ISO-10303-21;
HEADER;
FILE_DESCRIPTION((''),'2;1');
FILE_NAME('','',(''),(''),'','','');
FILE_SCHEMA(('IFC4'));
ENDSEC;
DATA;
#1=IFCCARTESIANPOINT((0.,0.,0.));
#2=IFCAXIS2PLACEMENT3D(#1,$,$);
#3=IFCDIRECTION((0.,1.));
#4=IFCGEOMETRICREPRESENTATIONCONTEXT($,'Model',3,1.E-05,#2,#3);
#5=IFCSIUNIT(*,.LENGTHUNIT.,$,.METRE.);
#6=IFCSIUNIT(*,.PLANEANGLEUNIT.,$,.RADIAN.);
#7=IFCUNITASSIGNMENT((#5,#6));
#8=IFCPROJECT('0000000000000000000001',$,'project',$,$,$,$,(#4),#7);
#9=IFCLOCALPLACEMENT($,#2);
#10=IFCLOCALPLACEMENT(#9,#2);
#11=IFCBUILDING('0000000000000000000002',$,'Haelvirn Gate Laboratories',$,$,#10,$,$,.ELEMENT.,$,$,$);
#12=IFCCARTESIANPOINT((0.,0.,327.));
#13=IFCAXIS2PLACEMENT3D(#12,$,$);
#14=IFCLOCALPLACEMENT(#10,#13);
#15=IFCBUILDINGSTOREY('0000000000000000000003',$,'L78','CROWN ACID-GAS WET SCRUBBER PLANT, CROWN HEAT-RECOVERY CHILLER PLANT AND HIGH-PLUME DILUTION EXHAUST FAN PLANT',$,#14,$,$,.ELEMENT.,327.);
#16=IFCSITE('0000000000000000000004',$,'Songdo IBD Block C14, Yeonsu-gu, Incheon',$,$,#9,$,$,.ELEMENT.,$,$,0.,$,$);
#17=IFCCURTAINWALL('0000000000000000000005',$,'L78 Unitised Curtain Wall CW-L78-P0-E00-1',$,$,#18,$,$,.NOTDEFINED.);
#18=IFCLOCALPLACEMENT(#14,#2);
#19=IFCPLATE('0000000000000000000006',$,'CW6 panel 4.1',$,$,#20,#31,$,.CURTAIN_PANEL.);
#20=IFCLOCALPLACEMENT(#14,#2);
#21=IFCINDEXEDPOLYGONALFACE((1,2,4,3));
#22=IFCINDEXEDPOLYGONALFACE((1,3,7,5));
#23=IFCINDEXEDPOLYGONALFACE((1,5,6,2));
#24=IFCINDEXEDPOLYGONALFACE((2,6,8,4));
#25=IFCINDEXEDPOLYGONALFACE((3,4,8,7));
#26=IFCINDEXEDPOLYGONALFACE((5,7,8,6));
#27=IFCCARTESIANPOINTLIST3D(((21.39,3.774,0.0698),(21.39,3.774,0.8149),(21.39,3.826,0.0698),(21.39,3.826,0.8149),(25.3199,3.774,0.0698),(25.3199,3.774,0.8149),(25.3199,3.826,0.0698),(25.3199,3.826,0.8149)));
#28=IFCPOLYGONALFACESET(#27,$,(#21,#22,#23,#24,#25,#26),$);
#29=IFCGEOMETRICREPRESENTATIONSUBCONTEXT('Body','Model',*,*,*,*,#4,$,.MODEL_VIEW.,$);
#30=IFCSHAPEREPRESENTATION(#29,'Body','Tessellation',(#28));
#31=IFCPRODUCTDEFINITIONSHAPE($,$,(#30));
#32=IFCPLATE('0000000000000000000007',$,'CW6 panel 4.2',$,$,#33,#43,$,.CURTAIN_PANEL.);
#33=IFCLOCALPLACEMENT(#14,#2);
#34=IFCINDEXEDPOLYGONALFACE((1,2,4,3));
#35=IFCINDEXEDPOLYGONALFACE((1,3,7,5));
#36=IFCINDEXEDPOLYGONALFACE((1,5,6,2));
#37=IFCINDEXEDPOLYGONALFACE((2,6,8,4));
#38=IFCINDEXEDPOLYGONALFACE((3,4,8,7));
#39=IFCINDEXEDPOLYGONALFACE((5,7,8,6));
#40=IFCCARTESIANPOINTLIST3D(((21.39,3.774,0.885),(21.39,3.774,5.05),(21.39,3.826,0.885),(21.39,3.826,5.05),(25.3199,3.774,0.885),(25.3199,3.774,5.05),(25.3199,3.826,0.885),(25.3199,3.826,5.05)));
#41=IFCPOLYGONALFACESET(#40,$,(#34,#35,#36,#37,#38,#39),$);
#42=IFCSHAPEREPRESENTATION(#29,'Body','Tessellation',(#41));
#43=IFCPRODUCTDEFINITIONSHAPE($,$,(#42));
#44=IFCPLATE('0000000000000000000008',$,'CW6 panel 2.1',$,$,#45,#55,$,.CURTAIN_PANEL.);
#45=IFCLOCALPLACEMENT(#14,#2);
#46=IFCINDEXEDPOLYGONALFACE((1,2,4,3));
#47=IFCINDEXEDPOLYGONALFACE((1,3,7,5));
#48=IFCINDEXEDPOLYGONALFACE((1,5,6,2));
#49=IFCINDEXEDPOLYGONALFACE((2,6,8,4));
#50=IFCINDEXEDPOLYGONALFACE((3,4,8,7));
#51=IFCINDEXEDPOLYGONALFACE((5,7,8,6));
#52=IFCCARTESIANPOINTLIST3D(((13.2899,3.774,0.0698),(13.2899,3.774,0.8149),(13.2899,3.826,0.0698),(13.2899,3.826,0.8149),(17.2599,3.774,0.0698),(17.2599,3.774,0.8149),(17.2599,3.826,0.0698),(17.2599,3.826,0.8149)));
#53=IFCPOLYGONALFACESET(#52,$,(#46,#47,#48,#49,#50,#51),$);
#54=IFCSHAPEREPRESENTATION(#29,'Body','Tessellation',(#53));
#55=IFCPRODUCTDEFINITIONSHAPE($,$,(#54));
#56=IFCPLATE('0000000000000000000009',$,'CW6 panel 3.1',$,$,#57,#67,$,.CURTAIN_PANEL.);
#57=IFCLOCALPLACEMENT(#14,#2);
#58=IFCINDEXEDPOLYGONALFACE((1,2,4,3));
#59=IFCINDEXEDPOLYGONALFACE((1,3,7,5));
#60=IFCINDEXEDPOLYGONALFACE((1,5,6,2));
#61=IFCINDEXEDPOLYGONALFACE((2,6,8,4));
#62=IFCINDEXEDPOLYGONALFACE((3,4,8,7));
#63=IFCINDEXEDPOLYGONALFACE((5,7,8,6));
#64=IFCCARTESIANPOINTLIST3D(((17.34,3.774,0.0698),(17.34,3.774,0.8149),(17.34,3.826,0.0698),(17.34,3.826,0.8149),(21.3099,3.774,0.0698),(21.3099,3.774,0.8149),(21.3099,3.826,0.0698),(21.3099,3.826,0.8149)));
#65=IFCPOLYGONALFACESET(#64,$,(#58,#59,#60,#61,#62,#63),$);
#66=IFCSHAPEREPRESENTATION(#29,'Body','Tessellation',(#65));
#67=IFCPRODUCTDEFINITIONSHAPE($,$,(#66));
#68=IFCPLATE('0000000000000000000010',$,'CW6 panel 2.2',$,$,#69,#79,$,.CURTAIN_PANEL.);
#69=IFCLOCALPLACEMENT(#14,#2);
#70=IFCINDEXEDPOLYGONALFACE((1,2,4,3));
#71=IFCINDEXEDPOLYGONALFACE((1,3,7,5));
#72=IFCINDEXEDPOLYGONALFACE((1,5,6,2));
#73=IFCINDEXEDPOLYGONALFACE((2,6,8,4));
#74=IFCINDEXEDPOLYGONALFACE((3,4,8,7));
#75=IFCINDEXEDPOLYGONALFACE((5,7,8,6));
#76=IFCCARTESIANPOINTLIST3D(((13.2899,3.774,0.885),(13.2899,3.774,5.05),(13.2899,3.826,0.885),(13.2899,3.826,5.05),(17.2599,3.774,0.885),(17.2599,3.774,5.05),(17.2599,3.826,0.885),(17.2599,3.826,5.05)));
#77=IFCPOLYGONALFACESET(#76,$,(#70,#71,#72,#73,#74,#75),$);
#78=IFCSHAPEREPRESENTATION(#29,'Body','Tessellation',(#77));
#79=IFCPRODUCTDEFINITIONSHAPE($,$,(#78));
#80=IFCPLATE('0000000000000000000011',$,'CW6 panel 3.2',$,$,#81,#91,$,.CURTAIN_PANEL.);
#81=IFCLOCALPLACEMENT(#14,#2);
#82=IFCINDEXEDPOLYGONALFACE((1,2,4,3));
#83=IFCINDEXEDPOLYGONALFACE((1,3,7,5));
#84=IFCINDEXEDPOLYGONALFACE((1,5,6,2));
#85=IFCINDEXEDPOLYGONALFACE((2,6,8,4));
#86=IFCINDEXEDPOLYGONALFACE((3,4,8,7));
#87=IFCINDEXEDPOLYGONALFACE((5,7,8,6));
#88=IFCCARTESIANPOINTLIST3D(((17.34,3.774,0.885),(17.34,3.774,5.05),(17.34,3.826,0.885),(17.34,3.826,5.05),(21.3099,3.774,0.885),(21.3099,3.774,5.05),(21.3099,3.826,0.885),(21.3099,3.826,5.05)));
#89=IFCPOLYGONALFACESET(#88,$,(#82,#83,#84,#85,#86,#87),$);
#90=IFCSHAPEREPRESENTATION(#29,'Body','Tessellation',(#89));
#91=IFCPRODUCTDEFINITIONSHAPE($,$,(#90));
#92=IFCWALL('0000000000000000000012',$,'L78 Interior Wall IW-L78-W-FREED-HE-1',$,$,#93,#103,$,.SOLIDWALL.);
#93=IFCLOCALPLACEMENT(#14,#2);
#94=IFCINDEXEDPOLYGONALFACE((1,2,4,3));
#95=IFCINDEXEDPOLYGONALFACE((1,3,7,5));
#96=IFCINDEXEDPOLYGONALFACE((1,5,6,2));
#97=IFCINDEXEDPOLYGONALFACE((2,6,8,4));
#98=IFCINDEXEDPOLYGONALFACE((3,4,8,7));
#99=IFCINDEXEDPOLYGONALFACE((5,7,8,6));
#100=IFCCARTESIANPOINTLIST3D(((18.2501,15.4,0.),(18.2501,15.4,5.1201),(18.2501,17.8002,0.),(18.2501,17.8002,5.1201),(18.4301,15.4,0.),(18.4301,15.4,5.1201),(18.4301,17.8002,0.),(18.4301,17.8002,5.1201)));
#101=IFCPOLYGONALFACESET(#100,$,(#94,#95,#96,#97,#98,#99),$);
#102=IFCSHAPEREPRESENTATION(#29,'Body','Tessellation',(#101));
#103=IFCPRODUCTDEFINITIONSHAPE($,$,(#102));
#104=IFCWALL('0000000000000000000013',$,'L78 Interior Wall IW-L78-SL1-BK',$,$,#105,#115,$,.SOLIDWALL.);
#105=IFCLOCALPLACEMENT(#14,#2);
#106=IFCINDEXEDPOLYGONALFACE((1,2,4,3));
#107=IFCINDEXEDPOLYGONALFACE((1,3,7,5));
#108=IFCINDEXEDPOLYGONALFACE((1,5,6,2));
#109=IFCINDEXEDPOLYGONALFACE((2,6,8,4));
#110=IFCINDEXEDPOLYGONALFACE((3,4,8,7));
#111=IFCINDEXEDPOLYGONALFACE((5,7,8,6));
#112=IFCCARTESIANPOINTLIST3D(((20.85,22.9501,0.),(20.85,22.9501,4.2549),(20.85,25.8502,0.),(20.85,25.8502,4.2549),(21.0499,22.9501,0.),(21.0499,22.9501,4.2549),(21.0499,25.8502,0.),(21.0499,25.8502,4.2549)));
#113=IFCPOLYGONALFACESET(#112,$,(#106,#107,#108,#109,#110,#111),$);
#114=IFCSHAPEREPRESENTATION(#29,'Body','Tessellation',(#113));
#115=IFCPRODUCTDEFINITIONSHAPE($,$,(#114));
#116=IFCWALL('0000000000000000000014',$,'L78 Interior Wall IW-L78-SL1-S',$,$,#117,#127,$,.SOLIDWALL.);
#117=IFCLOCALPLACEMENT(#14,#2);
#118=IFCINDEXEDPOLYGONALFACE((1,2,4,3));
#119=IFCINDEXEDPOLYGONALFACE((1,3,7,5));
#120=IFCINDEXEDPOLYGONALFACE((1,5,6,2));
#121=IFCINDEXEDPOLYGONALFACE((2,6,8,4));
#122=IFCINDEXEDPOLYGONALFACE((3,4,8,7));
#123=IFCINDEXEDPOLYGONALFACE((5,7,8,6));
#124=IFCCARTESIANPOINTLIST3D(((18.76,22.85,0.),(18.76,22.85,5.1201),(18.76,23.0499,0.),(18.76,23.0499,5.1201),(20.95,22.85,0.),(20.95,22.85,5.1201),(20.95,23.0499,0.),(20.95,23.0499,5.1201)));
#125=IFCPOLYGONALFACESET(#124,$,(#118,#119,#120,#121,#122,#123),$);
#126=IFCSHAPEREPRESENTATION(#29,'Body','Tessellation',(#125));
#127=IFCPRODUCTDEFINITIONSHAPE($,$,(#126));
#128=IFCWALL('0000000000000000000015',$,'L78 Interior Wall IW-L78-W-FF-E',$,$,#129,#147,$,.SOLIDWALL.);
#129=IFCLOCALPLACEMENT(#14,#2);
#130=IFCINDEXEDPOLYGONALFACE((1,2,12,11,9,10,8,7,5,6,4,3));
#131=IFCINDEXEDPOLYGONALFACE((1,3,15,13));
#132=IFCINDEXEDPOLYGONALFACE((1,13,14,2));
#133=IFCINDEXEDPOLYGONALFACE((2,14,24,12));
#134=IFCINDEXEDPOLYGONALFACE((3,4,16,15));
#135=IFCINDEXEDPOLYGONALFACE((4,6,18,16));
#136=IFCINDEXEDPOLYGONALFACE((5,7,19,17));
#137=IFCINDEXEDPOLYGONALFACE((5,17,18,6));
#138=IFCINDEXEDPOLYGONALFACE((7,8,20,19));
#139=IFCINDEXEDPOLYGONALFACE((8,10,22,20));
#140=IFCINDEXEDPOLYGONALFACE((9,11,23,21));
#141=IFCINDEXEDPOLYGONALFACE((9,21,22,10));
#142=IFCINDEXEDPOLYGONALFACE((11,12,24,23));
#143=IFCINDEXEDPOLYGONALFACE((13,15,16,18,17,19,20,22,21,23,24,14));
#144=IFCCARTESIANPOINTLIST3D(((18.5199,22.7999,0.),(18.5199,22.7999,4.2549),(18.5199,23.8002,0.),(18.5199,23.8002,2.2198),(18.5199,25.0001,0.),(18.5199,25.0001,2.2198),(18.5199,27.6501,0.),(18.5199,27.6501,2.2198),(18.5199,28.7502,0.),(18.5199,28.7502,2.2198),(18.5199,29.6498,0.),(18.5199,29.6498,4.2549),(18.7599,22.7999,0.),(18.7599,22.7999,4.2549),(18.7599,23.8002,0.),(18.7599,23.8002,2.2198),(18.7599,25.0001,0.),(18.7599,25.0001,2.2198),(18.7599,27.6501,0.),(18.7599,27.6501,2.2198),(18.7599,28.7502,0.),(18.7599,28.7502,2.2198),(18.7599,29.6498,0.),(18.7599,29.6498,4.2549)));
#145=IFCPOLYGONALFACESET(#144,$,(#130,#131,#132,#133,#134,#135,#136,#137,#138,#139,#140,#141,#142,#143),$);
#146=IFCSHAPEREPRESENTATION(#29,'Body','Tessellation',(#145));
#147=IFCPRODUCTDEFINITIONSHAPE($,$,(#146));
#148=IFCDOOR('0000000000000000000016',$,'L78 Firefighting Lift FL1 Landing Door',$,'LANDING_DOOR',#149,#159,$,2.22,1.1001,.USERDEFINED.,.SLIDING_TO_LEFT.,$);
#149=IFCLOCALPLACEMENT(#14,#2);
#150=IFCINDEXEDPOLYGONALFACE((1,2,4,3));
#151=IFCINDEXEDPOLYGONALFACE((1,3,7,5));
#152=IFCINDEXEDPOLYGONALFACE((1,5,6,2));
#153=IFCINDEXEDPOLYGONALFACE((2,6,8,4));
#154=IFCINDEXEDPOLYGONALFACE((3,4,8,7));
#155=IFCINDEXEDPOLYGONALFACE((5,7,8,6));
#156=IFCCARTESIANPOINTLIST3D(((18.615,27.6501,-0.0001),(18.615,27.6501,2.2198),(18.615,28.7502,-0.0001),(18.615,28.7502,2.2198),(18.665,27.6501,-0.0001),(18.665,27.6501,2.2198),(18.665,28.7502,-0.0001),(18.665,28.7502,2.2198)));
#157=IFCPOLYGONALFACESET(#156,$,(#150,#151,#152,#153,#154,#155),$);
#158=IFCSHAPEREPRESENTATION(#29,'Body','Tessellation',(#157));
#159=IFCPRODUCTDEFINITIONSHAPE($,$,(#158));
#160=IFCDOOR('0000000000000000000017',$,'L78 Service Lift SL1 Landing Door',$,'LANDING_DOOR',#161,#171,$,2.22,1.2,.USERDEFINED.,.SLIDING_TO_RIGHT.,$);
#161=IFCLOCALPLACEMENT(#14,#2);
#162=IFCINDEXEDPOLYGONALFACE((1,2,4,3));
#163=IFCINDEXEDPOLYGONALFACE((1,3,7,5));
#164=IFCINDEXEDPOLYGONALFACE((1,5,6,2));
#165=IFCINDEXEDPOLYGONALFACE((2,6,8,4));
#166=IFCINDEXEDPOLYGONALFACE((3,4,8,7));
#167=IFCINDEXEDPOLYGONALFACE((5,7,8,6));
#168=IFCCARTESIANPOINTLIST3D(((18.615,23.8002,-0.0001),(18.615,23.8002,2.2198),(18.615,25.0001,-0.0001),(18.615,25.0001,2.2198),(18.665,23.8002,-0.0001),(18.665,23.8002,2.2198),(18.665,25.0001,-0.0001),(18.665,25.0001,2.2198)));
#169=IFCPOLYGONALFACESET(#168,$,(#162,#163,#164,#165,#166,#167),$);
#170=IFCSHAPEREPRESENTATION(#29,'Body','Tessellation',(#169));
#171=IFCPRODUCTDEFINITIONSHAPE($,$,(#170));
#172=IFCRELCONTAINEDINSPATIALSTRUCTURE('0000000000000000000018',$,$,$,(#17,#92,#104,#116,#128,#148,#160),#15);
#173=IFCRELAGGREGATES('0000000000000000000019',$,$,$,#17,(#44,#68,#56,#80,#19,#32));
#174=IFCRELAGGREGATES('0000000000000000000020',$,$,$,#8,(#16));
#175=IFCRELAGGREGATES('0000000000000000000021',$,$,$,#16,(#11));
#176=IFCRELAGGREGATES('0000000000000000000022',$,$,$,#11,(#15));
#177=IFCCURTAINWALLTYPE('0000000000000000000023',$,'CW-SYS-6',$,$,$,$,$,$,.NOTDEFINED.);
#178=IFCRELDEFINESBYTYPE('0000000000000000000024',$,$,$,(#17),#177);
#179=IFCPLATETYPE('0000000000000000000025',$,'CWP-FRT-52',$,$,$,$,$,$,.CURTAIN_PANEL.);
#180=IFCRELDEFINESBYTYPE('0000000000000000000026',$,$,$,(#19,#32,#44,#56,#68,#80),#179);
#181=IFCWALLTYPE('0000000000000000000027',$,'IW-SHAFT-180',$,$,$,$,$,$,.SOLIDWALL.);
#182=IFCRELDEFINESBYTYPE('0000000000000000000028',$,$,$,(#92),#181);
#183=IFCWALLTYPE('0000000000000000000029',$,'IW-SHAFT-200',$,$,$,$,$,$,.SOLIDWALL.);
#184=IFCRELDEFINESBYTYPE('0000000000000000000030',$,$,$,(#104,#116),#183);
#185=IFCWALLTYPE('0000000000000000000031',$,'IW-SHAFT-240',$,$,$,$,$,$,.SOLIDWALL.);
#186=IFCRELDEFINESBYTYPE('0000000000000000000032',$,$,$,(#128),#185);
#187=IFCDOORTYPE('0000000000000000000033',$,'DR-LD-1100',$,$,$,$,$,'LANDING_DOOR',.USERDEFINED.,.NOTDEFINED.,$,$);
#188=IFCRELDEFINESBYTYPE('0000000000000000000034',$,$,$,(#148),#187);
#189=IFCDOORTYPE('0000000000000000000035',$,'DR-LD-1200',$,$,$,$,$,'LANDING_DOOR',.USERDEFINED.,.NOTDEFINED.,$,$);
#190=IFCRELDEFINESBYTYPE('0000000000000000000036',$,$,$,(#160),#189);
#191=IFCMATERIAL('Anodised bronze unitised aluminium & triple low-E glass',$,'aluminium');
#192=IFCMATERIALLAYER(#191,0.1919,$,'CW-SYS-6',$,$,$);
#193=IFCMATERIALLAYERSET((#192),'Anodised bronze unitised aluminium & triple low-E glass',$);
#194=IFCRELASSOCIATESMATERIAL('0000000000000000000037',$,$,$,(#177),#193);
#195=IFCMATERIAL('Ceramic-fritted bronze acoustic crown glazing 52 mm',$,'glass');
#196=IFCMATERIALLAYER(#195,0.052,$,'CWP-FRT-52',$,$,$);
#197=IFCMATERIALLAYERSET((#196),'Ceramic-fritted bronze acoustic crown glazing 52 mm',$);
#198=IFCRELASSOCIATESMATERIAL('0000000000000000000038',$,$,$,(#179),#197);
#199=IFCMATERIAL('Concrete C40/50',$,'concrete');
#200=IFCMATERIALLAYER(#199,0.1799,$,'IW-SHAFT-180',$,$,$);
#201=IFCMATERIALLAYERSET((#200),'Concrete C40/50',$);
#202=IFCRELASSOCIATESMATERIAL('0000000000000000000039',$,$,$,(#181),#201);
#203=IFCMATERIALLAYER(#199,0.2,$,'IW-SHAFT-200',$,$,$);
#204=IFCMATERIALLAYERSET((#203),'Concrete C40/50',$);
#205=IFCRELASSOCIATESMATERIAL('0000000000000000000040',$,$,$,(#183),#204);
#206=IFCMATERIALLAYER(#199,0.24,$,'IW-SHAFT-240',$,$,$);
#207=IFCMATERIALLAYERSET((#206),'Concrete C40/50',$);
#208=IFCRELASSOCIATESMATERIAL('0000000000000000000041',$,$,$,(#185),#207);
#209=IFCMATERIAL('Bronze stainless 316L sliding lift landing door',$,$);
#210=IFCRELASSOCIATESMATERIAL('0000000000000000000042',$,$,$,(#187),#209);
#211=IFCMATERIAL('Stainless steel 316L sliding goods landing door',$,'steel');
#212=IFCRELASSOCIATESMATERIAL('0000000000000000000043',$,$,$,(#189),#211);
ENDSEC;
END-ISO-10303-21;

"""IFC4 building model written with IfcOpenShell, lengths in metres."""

from ifc_helpers import new_model, si_unit, direction, frame, frame_2d, origin, origin_2d, place, context, subcontext, project, spatial, rectangle, extrude, source, transform, mapped, material, layer, layer_set, type_object, type_shapes, element, fill, aggregate, save


model = new_model("IFC4")

# Units and contexts
model_context = context("Model", 3, precision=1e-05, world=origin(), true_north=direction((0.0, 1.0)))
body_context = subcontext(model_context, "Body", "Model", "MODEL_VIEW")
ifc_project = project(units=[si_unit("LENGTHUNIT", "METRE"), si_unit("PLANEANGLEUNIT", "RADIAN")], contexts=[model_context])

# Site, building, storey
site_placement = place(None, origin())
site = spatial("IfcSite", under=ifc_project, at=site_placement, Name="Songdo IBD Block C14, Yeonsu-gu, Incheon", CompositionType="ELEMENT", RefElevation=0.0)
building_placement = place(site_placement, origin())
building = spatial("IfcBuilding", under=site, at=building_placement, Name="Haelvirn Gate Laboratories", CompositionType="ELEMENT")
storey_placement = place(building_placement, frame((0.0, 0.0, 327.0)))
storey = spatial("IfcBuildingStorey", under=building, at=storey_placement, Name="L78", Description="CROWN ACID-GAS WET SCRUBBER PLANT, CROWN HEAT-RECOVERY CHILLER PLANT AND HIGH-PLUME DILUTION EXHAUST FAN PLANT", CompositionType="ELEMENT", Elevation=327.0)

# Curtain wall
ifc_material_1 = material(Name="Anodised bronze unitised aluminium & triple low-E glass", Category="aluminium")
ifc_layer_1 = layer(ifc_material_1, 0.1919, Name="CW-SYS-6")
ifc_layer_set_1 = layer_set([ifc_layer_1], Name="Anodised bronze unitised aluminium & triple low-E glass")
curtain_wall_type = type_object("IfcCurtainWallType", Name="CW-SYS-6", PredefinedType="NOTDEFINED", material=ifc_layer_set_1)
curtain_wall_1_placement = place(storey_placement, origin())
curtain_wall_1 = element("IfcCurtainWall", 1, at=curtain_wall_1_placement, inside=storey, type_object=curtain_wall_type, Name="L78 Unitised Curtain Wall CW-L78-P0-E00-1", PredefinedType="NOTDEFINED")

# Plates
ifc_material_2 = material(Name="Ceramic-fritted bronze acoustic crown glazing 52 mm", Category="glass")
ifc_layer_2 = layer(ifc_material_2, 0.052, Name="CWP-FRT-52")
ifc_layer_set_2 = layer_set([ifc_layer_2], Name="Ceramic-fritted bronze acoustic crown glazing 52 mm")
plate_type = type_object("IfcPlateType", Name="CWP-FRT-52", PredefinedType="CURTAIN_PANEL", material=ifc_layer_set_2)
shared_shape_1 = source(origin(), body_context, "Body", "SweptSolid", [
    extrude(rectangle(XDim=3.9299, YDim=0.052, at=origin_2d()), origin(), (0.0, 0.0, 1.0), 0.7451),
])
plate_1_placement = place(storey_placement, frame((23.355, 3.8, 0.0698), z_axis=(0.0, 0.0, 1.0), x_axis=(1.0, 0.0, 0.0)))
plate_1 = element("IfcPlate", 2, at=plate_1_placement, type_object=plate_type, Name="CW6 panel 4.1", PredefinedType="CURTAIN_PANEL", context=body_context, shape_type="MappedRepresentation", body=[
    mapped(shared_shape_1, transform((0.0, 0.0, 0.0), scale=1.0)),
])
shared_shape_2 = source(origin(), body_context, "Body", "SweptSolid", [
    extrude(rectangle(XDim=3.9299, YDim=0.052, at=origin_2d()), origin(), (0.0, 0.0, 1.0), 4.165),
])
plate_2_placement = place(storey_placement, frame((23.355, 3.8, 0.885), z_axis=(0.0, 0.0, 1.0), x_axis=(1.0, 0.0, 0.0)))
plate_2 = element("IfcPlate", 3, at=plate_2_placement, type_object=plate_type, Name="CW6 panel 4.2", PredefinedType="CURTAIN_PANEL", context=body_context, shape_type="MappedRepresentation", body=[
    mapped(shared_shape_2, transform((0.0, 0.0, 0.0), scale=1.0)),
])
shared_shape_3 = source(origin(), body_context, "Body", "SweptSolid", [
    extrude(rectangle(XDim=3.97, YDim=0.052, at=origin_2d()), origin(), (0.0, 0.0, 1.0), 0.7451),
])
plate_3_placement = place(storey_placement, frame((15.2749, 3.8, 0.0698), z_axis=(0.0, 0.0, 1.0), x_axis=(1.0, 0.0, 0.0)))
plate_3 = element("IfcPlate", 4, at=plate_3_placement, type_object=plate_type, Name="CW6 panel 2.1", PredefinedType="CURTAIN_PANEL", context=body_context, shape_type="MappedRepresentation", body=[
    mapped(shared_shape_3, transform((0.0, 0.0, 0.0), scale=1.0)),
])
plate_4_placement = place(storey_placement, frame((19.325, 3.8, 0.0698), z_axis=(0.0, 0.0, 1.0), x_axis=(1.0, 0.0, 0.0)))
plate_4 = element("IfcPlate", 5, at=plate_4_placement, type_object=plate_type, Name="CW6 panel 3.1", PredefinedType="CURTAIN_PANEL", context=body_context, shape_type="MappedRepresentation", body=[
    mapped(shared_shape_3, transform((0.0, 0.0, 0.0), scale=1.0)),
])
shared_shape_4 = source(origin(), body_context, "Body", "SweptSolid", [
    extrude(rectangle(XDim=3.97, YDim=0.052, at=origin_2d()), origin(), (0.0, 0.0, 1.0), 4.165),
])
type_shapes(plate_type, [shared_shape_1, shared_shape_2, shared_shape_3, shared_shape_4])
plate_5_placement = place(storey_placement, frame((15.2749, 3.8, 0.885), z_axis=(0.0, 0.0, 1.0), x_axis=(1.0, 0.0, 0.0)))
plate_5 = element("IfcPlate", 6, at=plate_5_placement, type_object=plate_type, Name="CW6 panel 2.2", PredefinedType="CURTAIN_PANEL", context=body_context, shape_type="MappedRepresentation", body=[
    mapped(shared_shape_4, transform((0.0, 0.0, 0.0), scale=1.0)),
])
plate_6_placement = place(storey_placement, frame((19.325, 3.8, 0.885), z_axis=(0.0, 0.0, 1.0), x_axis=(1.0, 0.0, 0.0)))
plate_6 = element("IfcPlate", 7, at=plate_6_placement, type_object=plate_type, Name="CW6 panel 3.2", PredefinedType="CURTAIN_PANEL", context=body_context, shape_type="MappedRepresentation", body=[
    mapped(shared_shape_4, transform((0.0, 0.0, 0.0), scale=1.0)),
])
aggregate(curtain_wall_1, [plate_3, plate_5, plate_4, plate_6, plate_1, plate_2])

# Walls
ifc_material_3 = material(Name="Concrete C40/50", Category="concrete")
ifc_layer_3 = layer(ifc_material_3, 0.1799, Name="IW-SHAFT-180")
ifc_layer_set_3 = layer_set([ifc_layer_3], Name="Concrete C40/50")
wall_type_1 = type_object("IfcWallType", Name="IW-SHAFT-180", PredefinedType="SOLIDWALL", material=ifc_layer_set_3)
wall_1_placement = place(storey_placement, frame((18.3401, 15.3999, 0.0), z_axis=(0.0, 0.0, 1.0), x_axis=(0.0, 1.0, 0.0)))
element("IfcWall", 8, at=wall_1_placement, inside=storey, type_object=wall_type_1, Name="L78 Interior Wall IW-L78-W-FREED-HE-1", PredefinedType="SOLIDWALL", context=body_context, shape_type="SweptSolid", body=[
    extrude(rectangle(XDim=2.4001, YDim=0.1799, at=frame_2d((1.2002, 0.0))), origin(), (0.0, 0.0, 1.0), 5.1201),
])
ifc_layer_4 = layer(ifc_material_3, 0.2, Name="IW-SHAFT-200")
ifc_layer_set_4 = layer_set([ifc_layer_4], Name="Concrete C40/50")
wall_type_2 = type_object("IfcWallType", Name="IW-SHAFT-200", PredefinedType="SOLIDWALL", material=ifc_layer_set_4)
wall_2_placement = place(storey_placement, frame((20.95, 22.95, 0.0), z_axis=(0.0, 0.0, 1.0), x_axis=(0.0, 1.0, 0.0)))
element("IfcWall", 9, at=wall_2_placement, inside=storey, type_object=wall_type_2, Name="L78 Interior Wall IW-L78-SL1-BK", PredefinedType="SOLIDWALL", context=body_context, shape_type="SweptSolid", body=[
    extrude(rectangle(XDim=2.9001, YDim=0.2, at=frame_2d((1.4502, 0.0))), origin(), (0.0, 0.0, 1.0), 4.2549),
])
wall_3_placement = place(storey_placement, frame((18.76, 22.95, 0.0), z_axis=(0.0, 0.0, 1.0), x_axis=(1.0, 0.0, 0.0)))
element("IfcWall", 10, at=wall_3_placement, inside=storey, type_object=wall_type_2, Name="L78 Interior Wall IW-L78-SL1-S", PredefinedType="SOLIDWALL", context=body_context, shape_type="SweptSolid", body=[
    extrude(rectangle(XDim=2.1899, YDim=0.2, at=frame_2d((1.095, 0.0))), origin(), (0.0, 0.0, 1.0), 5.1201),
])

# Wall, openings, doors
ifc_layer_5 = layer(ifc_material_3, 0.24, Name="IW-SHAFT-240")
ifc_layer_set_5 = layer_set([ifc_layer_5], Name="Concrete C40/50")
wall_type_3 = type_object("IfcWallType", Name="IW-SHAFT-240", PredefinedType="SOLIDWALL", material=ifc_layer_set_5)
wall_4_placement = place(storey_placement, frame((18.6399, 22.8, 0.0), z_axis=(0.0, 0.0, 1.0), x_axis=(0.0, 1.0, 0.0)))
wall_4 = element("IfcWall", 11, at=wall_4_placement, inside=storey, type_object=wall_type_3, Name="L78 Interior Wall IW-L78-W-FF-E", PredefinedType="SOLIDWALL", context=body_context, shape_type="SweptSolid", body=[
    extrude(rectangle(XDim=6.8499, YDim=0.24, at=frame_2d((3.4248, 0.0))), origin(), (0.0, 0.0, 1.0), 4.2549),
])
opening_1_placement = place(wall_4_placement, frame((4.8501, 0.0, 0.0)))
opening_1 = element("IfcOpeningElement", 12, at=opening_1_placement, cuts=wall_4, PredefinedType="OPENING", context=body_context, shape_type="SweptSolid", body=[
    extrude(rectangle(XDim=1.1001, YDim=2.22, at=frame_2d((0.55, 1.1099))), frame((0.0, 0.1299, 0.0), z_axis=(0.0, -1.0, 0.0), x_axis=(1.0, 0.0, 0.0)), (0.0, 0.0, 1.0), 0.26),
])
opening_2_placement = place(wall_4_placement, frame((1.0, 0.0, 0.0)))
opening_2 = element("IfcOpeningElement", 13, at=opening_2_placement, cuts=wall_4, PredefinedType="OPENING", context=body_context, shape_type="SweptSolid", body=[
    extrude(rectangle(XDim=1.2, YDim=2.22, at=frame_2d((0.6001, 1.1099))), frame((0.0, 0.1299, 0.0), z_axis=(0.0, -1.0, 0.0), x_axis=(1.0, 0.0, 0.0)), (0.0, 0.0, 1.0), 0.26),
])
ifc_material_4 = material(Name="Bronze stainless 316L sliding lift landing door")
door_type_1 = type_object("IfcDoorType", Name="DR-LD-1100", ElementType="LANDING_DOOR", OperationType="NOTDEFINED", PredefinedType="USERDEFINED", material=ifc_material_4)
shared_shape_5 = source(origin(), body_context, "Body", "SweptSolid", [
    extrude(rectangle(XDim=1.1001, YDim=2.22, at=frame_2d((0.55, 1.1099))), frame((0.0, 0.0249, 0.0), z_axis=(0.0, -1.0, 0.0), x_axis=(1.0, 0.0, 0.0)), (0.0, 0.0, 1.0), 0.05),
])
type_shapes(door_type_1, [shared_shape_5])
door_1_placement = place(opening_1_placement, origin())
door_1 = element("IfcDoor", 14, at=door_1_placement, inside=storey, type_object=door_type_1, Name="L78 Firefighting Lift FL1 Landing Door", ObjectType="LANDING_DOOR", OperationType="SLIDING_TO_LEFT", OverallHeight=2.22, OverallWidth=1.1001, PredefinedType="USERDEFINED", context=body_context, shape_type="MappedRepresentation", body=[
    mapped(shared_shape_5, transform((0.0, 0.0, 0.0), scale=1.0)),
])
fill(opening_1, door_1)
ifc_material_5 = material(Name="Stainless steel 316L sliding goods landing door", Category="steel")
door_type_2 = type_object("IfcDoorType", Name="DR-LD-1200", ElementType="LANDING_DOOR", OperationType="NOTDEFINED", PredefinedType="USERDEFINED", material=ifc_material_5)
shared_shape_6 = source(origin(), body_context, "Body", "SweptSolid", [
    extrude(rectangle(XDim=1.2, YDim=2.22, at=frame_2d((0.6001, 1.1099))), frame((0.0, 0.0249, 0.0), z_axis=(0.0, -1.0, 0.0), x_axis=(1.0, 0.0, 0.0)), (0.0, 0.0, 1.0), 0.05),
])
type_shapes(door_type_2, [shared_shape_6])
door_2_placement = place(opening_2_placement, origin())
door_2 = element("IfcDoor", 15, at=door_2_placement, inside=storey, type_object=door_type_2, Name="L78 Service Lift SL1 Landing Door", ObjectType="LANDING_DOOR", OperationType="SLIDING_TO_RIGHT", OverallHeight=2.22, OverallWidth=1.2, PredefinedType="USERDEFINED", context=body_context, shape_type="MappedRepresentation", body=[
    mapped(shared_shape_6, transform((0.0, 0.0, 0.0), scale=1.0)),
])
fill(opening_2, door_2)

save(model, "model.ifc")
